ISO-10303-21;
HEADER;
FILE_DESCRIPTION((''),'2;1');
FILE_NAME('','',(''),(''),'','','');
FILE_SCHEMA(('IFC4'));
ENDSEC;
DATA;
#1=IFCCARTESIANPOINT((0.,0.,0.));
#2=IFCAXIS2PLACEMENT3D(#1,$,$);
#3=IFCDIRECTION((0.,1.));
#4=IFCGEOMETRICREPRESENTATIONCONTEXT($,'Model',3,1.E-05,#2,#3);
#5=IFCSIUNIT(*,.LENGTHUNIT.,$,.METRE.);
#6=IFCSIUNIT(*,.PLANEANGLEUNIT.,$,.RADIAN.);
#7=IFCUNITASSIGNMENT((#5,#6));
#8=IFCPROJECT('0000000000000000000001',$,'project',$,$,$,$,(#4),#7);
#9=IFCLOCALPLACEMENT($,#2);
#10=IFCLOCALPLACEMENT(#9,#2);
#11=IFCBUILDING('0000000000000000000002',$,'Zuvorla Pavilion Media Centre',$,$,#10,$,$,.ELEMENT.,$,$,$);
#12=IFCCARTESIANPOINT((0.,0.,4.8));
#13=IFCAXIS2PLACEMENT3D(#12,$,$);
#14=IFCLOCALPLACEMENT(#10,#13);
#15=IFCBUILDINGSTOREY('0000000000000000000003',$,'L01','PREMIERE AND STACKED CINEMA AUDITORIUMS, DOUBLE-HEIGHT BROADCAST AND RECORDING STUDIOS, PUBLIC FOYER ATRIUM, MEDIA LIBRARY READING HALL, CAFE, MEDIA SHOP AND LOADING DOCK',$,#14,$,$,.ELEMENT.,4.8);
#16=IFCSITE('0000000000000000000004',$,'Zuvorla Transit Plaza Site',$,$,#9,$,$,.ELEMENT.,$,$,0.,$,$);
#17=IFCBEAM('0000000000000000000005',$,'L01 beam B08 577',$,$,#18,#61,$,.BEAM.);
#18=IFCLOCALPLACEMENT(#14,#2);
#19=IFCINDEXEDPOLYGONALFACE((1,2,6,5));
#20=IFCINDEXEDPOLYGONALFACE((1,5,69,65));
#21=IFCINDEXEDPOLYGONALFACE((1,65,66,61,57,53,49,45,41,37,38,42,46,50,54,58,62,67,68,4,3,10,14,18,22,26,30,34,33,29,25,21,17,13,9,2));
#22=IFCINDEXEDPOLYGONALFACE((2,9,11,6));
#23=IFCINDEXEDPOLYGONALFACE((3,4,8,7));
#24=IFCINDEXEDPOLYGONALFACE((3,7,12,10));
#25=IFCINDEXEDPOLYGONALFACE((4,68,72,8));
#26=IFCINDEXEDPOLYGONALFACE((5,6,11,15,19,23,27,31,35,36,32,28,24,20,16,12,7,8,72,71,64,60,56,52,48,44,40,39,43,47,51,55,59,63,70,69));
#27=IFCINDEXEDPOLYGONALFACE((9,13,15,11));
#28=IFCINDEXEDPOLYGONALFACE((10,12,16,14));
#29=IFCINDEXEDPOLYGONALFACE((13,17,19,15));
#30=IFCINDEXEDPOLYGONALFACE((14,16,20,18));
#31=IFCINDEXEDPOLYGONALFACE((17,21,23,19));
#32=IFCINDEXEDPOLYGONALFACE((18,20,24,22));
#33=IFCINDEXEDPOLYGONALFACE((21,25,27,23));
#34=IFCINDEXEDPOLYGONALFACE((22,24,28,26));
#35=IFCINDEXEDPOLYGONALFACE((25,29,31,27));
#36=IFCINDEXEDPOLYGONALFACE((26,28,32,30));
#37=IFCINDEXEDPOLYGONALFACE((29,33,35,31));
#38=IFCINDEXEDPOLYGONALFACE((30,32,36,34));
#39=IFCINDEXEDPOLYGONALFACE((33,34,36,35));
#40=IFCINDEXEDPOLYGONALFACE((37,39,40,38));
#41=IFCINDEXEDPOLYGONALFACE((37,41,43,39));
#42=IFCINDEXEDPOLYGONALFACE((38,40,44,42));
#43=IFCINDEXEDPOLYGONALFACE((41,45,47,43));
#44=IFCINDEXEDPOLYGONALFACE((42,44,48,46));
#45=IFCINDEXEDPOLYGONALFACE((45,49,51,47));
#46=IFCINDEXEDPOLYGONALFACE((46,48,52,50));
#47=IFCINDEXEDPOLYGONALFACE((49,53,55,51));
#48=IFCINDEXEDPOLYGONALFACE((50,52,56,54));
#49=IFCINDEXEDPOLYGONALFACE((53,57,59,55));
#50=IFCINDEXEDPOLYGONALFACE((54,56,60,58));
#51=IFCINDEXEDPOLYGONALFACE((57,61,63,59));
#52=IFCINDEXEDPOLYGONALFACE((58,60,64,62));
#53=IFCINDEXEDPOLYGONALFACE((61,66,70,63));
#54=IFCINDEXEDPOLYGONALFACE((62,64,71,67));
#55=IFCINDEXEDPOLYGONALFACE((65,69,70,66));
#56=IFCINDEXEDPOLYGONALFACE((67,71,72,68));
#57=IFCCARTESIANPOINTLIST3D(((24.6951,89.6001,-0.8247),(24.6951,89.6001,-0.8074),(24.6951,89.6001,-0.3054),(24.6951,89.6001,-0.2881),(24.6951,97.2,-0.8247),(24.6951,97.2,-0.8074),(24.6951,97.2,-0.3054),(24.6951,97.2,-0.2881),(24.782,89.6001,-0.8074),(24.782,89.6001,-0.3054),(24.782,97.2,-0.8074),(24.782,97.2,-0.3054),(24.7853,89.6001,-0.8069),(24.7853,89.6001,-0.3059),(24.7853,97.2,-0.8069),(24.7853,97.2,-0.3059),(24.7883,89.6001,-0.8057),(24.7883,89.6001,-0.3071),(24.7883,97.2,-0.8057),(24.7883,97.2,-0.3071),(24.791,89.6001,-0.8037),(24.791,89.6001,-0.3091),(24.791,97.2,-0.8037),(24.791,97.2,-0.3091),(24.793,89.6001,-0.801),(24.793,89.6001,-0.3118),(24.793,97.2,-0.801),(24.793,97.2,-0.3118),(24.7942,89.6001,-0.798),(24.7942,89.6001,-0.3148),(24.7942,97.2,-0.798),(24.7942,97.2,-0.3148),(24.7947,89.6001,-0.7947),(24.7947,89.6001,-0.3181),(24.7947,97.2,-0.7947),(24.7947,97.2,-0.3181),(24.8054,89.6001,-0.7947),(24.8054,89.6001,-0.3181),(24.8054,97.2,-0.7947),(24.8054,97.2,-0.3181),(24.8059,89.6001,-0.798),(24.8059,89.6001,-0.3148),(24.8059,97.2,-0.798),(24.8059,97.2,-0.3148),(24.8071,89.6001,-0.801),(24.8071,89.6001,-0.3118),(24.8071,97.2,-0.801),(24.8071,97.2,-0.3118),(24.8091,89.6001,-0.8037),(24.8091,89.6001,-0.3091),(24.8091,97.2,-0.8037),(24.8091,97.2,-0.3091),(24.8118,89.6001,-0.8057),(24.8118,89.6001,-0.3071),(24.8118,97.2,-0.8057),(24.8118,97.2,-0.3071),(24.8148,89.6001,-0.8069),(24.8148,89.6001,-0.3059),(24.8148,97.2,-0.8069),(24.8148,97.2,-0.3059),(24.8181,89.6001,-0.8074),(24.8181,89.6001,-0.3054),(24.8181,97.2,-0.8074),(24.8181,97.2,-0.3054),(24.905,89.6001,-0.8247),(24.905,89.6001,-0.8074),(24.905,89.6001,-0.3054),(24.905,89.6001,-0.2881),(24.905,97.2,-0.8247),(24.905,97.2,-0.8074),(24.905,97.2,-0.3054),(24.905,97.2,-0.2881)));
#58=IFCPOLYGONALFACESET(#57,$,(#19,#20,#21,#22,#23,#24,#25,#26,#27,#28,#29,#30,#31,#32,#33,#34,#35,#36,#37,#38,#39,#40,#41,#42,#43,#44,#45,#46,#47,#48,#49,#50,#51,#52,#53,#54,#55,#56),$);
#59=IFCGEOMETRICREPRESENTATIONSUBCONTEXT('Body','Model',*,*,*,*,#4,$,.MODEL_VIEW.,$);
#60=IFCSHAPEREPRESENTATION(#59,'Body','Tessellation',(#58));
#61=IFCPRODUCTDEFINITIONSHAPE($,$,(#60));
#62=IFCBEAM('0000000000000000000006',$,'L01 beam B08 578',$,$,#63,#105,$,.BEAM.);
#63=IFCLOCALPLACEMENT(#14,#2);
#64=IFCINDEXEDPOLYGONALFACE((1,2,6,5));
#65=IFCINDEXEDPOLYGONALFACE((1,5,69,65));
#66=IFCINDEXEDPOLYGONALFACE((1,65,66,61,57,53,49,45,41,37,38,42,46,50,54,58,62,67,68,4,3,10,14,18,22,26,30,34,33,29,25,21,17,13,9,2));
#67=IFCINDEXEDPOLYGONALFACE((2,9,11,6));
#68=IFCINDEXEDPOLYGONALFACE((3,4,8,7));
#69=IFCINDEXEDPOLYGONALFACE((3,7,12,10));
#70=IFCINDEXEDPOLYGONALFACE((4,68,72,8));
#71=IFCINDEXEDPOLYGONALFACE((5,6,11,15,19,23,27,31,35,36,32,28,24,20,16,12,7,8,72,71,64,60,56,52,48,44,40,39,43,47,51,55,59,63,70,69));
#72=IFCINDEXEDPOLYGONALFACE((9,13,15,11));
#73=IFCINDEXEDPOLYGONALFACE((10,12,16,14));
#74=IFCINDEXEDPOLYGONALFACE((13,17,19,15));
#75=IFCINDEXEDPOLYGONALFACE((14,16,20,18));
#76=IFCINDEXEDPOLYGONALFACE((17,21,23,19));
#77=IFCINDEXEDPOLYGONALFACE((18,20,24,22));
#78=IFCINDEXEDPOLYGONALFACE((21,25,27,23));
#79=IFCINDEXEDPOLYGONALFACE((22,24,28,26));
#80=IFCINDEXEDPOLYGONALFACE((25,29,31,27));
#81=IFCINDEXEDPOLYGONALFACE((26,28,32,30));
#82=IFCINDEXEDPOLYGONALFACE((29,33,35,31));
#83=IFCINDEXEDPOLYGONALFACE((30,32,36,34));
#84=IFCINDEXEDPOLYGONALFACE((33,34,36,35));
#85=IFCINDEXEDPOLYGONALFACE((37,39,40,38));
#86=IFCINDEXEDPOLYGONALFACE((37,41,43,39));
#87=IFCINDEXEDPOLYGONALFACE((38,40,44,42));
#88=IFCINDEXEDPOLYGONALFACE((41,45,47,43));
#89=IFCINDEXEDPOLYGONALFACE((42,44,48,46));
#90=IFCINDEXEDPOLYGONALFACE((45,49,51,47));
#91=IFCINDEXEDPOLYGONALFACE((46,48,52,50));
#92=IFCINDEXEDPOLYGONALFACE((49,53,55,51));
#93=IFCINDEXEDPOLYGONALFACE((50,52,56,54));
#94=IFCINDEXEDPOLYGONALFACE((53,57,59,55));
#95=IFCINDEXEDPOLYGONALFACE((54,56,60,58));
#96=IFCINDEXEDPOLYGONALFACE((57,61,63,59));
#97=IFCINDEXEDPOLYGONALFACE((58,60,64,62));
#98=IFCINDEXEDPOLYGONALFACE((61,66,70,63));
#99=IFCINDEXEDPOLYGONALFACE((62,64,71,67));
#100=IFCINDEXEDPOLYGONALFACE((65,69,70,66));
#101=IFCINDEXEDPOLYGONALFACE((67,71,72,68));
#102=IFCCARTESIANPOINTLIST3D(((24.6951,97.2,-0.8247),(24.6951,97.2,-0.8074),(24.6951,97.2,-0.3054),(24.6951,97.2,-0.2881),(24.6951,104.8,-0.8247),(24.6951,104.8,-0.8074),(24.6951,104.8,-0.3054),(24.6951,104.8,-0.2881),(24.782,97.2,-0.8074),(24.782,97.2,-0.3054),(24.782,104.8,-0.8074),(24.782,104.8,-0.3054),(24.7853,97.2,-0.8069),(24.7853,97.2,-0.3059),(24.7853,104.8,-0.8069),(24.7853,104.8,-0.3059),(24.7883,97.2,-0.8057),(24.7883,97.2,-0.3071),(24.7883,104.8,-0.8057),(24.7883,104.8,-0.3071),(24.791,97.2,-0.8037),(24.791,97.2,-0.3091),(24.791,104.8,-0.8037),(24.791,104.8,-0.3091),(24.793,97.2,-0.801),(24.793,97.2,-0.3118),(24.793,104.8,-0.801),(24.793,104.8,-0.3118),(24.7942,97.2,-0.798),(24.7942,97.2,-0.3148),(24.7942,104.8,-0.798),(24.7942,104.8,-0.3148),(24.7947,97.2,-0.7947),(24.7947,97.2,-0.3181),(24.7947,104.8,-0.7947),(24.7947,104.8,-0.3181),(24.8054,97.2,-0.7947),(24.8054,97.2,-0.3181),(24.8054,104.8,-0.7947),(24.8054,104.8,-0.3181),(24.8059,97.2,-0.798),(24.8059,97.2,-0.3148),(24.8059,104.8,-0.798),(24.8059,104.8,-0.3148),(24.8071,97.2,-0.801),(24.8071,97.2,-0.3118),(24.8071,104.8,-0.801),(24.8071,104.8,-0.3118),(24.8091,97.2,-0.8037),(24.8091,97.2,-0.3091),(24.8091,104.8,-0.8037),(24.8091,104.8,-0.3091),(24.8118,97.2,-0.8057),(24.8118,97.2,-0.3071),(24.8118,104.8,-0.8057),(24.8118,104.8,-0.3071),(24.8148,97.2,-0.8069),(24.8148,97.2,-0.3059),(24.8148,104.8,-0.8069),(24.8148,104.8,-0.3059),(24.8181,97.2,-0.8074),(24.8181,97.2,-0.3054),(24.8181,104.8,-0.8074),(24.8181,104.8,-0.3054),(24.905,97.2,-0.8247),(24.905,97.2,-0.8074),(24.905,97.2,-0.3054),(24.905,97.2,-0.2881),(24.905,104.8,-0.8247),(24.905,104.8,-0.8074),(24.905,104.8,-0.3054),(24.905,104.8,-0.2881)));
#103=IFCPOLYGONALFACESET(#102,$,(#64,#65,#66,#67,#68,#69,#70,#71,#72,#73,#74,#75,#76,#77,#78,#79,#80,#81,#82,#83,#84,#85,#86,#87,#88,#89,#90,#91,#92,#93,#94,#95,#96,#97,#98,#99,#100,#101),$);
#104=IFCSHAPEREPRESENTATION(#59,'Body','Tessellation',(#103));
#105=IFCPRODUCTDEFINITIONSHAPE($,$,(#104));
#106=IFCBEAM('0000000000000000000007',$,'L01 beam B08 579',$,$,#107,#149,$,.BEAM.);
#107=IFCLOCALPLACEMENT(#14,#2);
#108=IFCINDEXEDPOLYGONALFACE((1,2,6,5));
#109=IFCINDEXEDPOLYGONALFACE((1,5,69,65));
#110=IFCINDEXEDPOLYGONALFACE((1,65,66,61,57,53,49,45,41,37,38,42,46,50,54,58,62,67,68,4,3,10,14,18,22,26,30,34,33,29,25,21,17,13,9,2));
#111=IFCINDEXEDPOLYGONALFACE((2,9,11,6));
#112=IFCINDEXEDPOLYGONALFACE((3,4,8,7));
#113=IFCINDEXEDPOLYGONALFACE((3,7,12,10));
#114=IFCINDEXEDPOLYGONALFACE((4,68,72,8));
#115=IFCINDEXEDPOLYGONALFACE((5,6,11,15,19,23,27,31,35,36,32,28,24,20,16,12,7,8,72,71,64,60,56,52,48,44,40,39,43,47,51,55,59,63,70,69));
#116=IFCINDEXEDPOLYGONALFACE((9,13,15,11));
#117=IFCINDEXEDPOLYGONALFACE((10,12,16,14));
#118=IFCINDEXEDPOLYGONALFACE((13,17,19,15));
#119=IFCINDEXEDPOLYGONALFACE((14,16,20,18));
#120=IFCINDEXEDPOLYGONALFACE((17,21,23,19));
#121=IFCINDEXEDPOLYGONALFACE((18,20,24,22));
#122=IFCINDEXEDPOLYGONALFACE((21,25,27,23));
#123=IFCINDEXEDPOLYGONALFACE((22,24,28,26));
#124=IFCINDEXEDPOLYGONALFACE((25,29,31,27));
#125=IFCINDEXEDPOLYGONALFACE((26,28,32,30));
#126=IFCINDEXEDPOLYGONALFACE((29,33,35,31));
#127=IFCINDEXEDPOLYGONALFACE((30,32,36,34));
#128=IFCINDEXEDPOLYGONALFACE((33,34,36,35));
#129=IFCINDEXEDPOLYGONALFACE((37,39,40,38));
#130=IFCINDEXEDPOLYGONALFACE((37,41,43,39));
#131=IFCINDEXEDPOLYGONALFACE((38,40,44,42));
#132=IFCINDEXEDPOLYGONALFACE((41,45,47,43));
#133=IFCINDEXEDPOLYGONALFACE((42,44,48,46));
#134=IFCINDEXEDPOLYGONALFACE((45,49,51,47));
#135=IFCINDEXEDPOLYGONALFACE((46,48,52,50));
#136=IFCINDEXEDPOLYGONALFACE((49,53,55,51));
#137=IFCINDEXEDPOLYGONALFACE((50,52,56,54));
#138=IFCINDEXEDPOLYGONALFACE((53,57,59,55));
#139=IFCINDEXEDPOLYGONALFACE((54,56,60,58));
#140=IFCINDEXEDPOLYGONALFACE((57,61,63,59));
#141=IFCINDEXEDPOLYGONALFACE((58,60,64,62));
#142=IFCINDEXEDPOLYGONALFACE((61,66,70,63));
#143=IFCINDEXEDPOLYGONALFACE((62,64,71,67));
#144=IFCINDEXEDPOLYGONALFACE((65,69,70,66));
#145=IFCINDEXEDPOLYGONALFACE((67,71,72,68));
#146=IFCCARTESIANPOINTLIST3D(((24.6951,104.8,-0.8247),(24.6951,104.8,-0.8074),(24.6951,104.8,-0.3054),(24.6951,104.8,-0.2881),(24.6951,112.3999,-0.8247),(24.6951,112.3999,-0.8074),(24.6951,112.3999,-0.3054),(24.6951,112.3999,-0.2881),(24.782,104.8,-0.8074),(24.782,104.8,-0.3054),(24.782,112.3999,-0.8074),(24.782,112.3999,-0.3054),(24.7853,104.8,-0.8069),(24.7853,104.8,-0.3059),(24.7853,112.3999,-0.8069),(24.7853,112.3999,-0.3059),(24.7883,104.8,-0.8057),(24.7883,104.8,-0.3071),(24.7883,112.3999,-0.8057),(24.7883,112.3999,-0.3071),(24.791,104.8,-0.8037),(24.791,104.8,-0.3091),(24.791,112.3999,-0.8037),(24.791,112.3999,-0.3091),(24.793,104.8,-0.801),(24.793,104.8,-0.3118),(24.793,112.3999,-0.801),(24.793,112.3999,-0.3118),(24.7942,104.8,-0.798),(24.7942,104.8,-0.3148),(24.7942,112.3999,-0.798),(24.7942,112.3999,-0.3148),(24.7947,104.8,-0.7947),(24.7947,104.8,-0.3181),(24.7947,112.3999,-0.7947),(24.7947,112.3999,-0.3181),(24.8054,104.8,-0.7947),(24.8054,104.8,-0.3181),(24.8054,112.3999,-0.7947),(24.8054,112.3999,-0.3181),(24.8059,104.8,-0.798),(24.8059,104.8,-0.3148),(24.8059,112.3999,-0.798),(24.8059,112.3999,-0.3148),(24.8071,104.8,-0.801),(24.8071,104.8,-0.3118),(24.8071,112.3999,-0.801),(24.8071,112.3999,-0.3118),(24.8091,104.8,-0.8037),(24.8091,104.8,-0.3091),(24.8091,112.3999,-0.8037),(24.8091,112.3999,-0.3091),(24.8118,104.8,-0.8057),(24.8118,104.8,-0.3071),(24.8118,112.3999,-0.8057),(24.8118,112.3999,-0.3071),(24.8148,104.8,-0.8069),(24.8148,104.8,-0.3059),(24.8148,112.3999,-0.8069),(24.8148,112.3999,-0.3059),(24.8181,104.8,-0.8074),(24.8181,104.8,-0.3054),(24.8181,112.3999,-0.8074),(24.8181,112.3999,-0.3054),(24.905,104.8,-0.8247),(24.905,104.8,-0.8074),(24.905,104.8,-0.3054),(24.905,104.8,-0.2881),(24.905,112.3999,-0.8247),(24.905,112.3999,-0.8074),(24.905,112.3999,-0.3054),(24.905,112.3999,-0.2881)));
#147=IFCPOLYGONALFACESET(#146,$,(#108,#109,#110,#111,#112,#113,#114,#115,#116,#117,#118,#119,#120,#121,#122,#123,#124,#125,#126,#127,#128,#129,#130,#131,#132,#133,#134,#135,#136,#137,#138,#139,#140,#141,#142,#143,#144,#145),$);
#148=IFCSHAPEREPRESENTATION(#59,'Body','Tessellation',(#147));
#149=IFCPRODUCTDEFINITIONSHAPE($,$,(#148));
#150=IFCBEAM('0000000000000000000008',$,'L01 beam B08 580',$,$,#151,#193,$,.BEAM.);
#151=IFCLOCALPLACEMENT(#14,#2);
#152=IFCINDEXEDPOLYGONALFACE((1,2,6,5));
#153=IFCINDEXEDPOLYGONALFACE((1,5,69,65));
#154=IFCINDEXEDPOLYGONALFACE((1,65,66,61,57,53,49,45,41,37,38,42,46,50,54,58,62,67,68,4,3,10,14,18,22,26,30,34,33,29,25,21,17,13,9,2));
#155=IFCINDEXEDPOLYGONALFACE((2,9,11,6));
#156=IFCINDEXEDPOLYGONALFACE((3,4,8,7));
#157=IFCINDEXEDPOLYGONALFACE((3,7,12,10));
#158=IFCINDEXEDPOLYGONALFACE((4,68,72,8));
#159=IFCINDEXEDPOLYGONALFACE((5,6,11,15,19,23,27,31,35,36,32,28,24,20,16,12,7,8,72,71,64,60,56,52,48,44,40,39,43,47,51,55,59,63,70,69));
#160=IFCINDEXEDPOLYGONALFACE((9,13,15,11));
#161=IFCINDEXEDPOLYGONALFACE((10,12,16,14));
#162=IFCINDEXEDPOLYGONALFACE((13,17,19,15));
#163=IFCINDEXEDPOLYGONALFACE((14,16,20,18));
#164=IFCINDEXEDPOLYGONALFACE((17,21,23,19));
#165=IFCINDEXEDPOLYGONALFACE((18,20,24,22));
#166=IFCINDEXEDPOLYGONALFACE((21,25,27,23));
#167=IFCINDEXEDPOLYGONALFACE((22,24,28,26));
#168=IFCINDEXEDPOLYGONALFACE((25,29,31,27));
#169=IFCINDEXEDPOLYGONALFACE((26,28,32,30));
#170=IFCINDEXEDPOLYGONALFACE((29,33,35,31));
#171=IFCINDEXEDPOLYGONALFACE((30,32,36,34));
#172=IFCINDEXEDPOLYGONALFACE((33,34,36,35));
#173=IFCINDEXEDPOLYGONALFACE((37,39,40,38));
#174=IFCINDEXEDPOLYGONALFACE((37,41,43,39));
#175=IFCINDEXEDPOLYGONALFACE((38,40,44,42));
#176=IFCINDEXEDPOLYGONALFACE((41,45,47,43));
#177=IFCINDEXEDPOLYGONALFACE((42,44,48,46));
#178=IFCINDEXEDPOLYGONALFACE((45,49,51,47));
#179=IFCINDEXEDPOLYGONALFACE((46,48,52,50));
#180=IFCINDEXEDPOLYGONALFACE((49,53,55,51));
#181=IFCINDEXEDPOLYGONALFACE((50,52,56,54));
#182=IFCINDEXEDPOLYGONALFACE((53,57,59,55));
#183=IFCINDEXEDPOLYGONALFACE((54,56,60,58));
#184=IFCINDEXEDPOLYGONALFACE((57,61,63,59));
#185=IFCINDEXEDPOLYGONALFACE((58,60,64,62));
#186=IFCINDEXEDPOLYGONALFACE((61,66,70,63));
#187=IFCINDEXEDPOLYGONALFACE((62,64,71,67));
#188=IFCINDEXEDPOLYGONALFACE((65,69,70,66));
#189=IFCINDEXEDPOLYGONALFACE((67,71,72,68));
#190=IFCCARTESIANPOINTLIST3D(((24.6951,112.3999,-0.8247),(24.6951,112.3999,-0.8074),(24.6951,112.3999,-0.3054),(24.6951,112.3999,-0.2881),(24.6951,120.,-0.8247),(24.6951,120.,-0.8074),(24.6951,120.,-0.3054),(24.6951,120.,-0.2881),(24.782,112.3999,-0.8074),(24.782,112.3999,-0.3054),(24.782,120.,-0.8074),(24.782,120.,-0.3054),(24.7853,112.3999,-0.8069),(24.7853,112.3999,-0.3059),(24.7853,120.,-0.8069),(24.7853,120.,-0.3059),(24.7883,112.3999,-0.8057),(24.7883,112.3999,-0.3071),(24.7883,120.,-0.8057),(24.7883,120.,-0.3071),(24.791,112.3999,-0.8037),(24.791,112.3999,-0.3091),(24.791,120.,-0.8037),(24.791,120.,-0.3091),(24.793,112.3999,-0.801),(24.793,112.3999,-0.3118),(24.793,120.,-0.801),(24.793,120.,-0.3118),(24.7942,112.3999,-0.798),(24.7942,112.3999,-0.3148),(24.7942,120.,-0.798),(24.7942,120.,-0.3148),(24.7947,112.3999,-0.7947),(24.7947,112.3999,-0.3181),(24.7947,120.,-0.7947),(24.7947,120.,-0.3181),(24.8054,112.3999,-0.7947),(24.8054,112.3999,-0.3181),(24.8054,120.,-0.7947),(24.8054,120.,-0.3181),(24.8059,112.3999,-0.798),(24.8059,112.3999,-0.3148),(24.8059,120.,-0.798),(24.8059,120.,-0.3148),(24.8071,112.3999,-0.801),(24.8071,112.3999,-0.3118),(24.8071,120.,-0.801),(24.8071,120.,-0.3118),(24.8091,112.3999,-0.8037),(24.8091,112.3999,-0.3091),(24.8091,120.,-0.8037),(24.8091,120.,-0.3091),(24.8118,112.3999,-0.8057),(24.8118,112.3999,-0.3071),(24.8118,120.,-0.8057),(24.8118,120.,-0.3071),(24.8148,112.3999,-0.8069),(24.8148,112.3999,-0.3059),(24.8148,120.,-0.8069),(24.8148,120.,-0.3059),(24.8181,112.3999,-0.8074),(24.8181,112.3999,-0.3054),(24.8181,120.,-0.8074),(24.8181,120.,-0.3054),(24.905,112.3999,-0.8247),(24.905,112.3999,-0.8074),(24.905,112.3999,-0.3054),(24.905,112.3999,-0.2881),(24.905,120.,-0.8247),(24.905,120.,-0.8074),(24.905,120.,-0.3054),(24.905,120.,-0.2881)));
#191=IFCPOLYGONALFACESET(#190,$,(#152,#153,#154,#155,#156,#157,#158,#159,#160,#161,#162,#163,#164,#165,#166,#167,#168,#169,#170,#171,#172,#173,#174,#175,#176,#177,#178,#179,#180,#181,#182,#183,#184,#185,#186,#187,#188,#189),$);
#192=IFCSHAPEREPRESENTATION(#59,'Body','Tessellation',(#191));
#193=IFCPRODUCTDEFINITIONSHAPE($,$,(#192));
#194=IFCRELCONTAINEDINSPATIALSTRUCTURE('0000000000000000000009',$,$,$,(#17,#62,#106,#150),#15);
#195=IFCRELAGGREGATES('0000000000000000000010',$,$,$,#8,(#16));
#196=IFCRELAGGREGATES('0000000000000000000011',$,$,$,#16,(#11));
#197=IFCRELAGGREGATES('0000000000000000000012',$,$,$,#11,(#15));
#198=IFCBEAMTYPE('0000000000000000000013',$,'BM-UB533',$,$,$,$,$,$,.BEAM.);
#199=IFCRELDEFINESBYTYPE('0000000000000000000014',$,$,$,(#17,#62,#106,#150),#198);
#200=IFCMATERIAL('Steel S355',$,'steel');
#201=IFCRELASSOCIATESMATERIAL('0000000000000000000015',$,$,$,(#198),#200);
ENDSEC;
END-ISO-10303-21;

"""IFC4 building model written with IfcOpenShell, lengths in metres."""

from ifc_helpers import new_model, si_unit, direction, frame, origin, origin_2d, place, context, subcontext, project, spatial, i_section, extrude, material, material_profile, profile_set, type_object, element, save


model = new_model("IFC4")

# Units and contexts
model_context = context("Model", 3, precision=1e-05, world=origin(), true_north=direction((0.0, 1.0)))
body_context = subcontext(model_context, "Body", "Model", "MODEL_VIEW")
ifc_project = project(units=[si_unit("LENGTHUNIT", "METRE"), si_unit("PLANEANGLEUNIT", "RADIAN")], contexts=[model_context])

# Site, building, storey
site_placement = place(None, origin())
site = spatial("IfcSite", under=ifc_project, at=site_placement, Name="Zuvorla Transit Plaza Site", CompositionType="ELEMENT", RefElevation=0.0)
building_placement = place(site_placement, origin())
building = spatial("IfcBuilding", under=site, at=building_placement, Name="Zuvorla Pavilion Media Centre", CompositionType="ELEMENT")
storey_placement = place(building_placement, frame((0.0, 0.0, 4.8)))
storey = spatial("IfcBuildingStorey", under=building, at=storey_placement, Name="L01", Description="PREMIERE AND STACKED CINEMA AUDITORIUMS, DOUBLE-HEIGHT BROADCAST AND RECORDING STUDIOS, PUBLIC FOYER ATRIUM, MEDIA LIBRARY READING HALL, CAFE, MEDIA SHOP AND LOADING DOCK", CompositionType="ELEMENT", Elevation=4.8)

# Shared definitions
ifc_material_1 = material(Name="Steel S355", Category="steel")

# Beams
ifc_material_profile_1 = material_profile(ifc_material_1, i_section(OverallWidth=0.21, OverallDepth=0.5366, WebThickness=0.0107, FlangeThickness=0.0173, FilletRadius=0.0127, at=origin_2d()), Name="UB 533x210x101")
ifc_profile_set_1 = profile_set([ifc_material_profile_1], Name="Steel S355")
beam_type_1 = type_object("IfcBeamType", Name="BM-UB533", PredefinedType="BEAM", material=ifc_profile_set_1)
beam_1_placement = place(storey_placement, frame((24.8, 89.6001, -0.5564), z_axis=(0.0, 1.0, 0.0), x_axis=(-1.0, 0.0, 0.0)))
element("IfcBeam", 1, at=beam_1_placement, inside=storey, type_object=beam_type_1, Name="L01 beam B08 577", PredefinedType="BEAM", context=body_context, shape_type="SweptSolid", body=[
    extrude(i_section(OverallWidth=0.21, OverallDepth=0.5366, WebThickness=0.0107, FlangeThickness=0.0173, FilletRadius=0.0127, at=origin_2d()), origin(), (0.0, 0.0, 1.0), 7.5999),
])
beam_2_placement = place(storey_placement, frame((24.8, 97.2, -0.5564), z_axis=(0.0, 1.0, 0.0), x_axis=(-1.0, 0.0, 0.0)))
element("IfcBeam", 2, at=beam_2_placement, inside=storey, type_object=beam_type_1, Name="L01 beam B08 578", PredefinedType="BEAM", context=body_context, shape_type="SweptSolid", body=[
    extrude(i_section(OverallWidth=0.21, OverallDepth=0.5366, WebThickness=0.0107, FlangeThickness=0.0173, FilletRadius=0.0127, at=origin_2d()), origin(), (0.0, 0.0, 1.0), 7.6001),
])
beam_3_placement = place(storey_placement, frame((24.8, 104.8, -0.5564), z_axis=(0.0, 1.0, 0.0), x_axis=(-1.0, 0.0, 0.0)))
element("IfcBeam", 3, at=beam_3_placement, inside=storey, type_object=beam_type_1, Name="L01 beam B08 579", PredefinedType="BEAM", context=body_context, shape_type="SweptSolid", body=[
    extrude(i_section(OverallWidth=0.21, OverallDepth=0.5366, WebThickness=0.0107, FlangeThickness=0.0173, FilletRadius=0.0127, at=origin_2d()), origin(), (0.0, 0.0, 1.0), 7.5999),
])
beam_4_placement = place(storey_placement, frame((24.8, 112.3999, -0.5564), z_axis=(0.0, 1.0, 0.0), x_axis=(-1.0, 0.0, 0.0)))
element("IfcBeam", 4, at=beam_4_placement, inside=storey, type_object=beam_type_1, Name="L01 beam B08 580", PredefinedType="BEAM", context=body_context, shape_type="SweptSolid", body=[
    extrude(i_section(OverallWidth=0.21, OverallDepth=0.5366, WebThickness=0.0107, FlangeThickness=0.0173, FilletRadius=0.0127, at=origin_2d()), origin(), (0.0, 0.0, 1.0), 7.6001),
])

save(model, "model.ifc")
